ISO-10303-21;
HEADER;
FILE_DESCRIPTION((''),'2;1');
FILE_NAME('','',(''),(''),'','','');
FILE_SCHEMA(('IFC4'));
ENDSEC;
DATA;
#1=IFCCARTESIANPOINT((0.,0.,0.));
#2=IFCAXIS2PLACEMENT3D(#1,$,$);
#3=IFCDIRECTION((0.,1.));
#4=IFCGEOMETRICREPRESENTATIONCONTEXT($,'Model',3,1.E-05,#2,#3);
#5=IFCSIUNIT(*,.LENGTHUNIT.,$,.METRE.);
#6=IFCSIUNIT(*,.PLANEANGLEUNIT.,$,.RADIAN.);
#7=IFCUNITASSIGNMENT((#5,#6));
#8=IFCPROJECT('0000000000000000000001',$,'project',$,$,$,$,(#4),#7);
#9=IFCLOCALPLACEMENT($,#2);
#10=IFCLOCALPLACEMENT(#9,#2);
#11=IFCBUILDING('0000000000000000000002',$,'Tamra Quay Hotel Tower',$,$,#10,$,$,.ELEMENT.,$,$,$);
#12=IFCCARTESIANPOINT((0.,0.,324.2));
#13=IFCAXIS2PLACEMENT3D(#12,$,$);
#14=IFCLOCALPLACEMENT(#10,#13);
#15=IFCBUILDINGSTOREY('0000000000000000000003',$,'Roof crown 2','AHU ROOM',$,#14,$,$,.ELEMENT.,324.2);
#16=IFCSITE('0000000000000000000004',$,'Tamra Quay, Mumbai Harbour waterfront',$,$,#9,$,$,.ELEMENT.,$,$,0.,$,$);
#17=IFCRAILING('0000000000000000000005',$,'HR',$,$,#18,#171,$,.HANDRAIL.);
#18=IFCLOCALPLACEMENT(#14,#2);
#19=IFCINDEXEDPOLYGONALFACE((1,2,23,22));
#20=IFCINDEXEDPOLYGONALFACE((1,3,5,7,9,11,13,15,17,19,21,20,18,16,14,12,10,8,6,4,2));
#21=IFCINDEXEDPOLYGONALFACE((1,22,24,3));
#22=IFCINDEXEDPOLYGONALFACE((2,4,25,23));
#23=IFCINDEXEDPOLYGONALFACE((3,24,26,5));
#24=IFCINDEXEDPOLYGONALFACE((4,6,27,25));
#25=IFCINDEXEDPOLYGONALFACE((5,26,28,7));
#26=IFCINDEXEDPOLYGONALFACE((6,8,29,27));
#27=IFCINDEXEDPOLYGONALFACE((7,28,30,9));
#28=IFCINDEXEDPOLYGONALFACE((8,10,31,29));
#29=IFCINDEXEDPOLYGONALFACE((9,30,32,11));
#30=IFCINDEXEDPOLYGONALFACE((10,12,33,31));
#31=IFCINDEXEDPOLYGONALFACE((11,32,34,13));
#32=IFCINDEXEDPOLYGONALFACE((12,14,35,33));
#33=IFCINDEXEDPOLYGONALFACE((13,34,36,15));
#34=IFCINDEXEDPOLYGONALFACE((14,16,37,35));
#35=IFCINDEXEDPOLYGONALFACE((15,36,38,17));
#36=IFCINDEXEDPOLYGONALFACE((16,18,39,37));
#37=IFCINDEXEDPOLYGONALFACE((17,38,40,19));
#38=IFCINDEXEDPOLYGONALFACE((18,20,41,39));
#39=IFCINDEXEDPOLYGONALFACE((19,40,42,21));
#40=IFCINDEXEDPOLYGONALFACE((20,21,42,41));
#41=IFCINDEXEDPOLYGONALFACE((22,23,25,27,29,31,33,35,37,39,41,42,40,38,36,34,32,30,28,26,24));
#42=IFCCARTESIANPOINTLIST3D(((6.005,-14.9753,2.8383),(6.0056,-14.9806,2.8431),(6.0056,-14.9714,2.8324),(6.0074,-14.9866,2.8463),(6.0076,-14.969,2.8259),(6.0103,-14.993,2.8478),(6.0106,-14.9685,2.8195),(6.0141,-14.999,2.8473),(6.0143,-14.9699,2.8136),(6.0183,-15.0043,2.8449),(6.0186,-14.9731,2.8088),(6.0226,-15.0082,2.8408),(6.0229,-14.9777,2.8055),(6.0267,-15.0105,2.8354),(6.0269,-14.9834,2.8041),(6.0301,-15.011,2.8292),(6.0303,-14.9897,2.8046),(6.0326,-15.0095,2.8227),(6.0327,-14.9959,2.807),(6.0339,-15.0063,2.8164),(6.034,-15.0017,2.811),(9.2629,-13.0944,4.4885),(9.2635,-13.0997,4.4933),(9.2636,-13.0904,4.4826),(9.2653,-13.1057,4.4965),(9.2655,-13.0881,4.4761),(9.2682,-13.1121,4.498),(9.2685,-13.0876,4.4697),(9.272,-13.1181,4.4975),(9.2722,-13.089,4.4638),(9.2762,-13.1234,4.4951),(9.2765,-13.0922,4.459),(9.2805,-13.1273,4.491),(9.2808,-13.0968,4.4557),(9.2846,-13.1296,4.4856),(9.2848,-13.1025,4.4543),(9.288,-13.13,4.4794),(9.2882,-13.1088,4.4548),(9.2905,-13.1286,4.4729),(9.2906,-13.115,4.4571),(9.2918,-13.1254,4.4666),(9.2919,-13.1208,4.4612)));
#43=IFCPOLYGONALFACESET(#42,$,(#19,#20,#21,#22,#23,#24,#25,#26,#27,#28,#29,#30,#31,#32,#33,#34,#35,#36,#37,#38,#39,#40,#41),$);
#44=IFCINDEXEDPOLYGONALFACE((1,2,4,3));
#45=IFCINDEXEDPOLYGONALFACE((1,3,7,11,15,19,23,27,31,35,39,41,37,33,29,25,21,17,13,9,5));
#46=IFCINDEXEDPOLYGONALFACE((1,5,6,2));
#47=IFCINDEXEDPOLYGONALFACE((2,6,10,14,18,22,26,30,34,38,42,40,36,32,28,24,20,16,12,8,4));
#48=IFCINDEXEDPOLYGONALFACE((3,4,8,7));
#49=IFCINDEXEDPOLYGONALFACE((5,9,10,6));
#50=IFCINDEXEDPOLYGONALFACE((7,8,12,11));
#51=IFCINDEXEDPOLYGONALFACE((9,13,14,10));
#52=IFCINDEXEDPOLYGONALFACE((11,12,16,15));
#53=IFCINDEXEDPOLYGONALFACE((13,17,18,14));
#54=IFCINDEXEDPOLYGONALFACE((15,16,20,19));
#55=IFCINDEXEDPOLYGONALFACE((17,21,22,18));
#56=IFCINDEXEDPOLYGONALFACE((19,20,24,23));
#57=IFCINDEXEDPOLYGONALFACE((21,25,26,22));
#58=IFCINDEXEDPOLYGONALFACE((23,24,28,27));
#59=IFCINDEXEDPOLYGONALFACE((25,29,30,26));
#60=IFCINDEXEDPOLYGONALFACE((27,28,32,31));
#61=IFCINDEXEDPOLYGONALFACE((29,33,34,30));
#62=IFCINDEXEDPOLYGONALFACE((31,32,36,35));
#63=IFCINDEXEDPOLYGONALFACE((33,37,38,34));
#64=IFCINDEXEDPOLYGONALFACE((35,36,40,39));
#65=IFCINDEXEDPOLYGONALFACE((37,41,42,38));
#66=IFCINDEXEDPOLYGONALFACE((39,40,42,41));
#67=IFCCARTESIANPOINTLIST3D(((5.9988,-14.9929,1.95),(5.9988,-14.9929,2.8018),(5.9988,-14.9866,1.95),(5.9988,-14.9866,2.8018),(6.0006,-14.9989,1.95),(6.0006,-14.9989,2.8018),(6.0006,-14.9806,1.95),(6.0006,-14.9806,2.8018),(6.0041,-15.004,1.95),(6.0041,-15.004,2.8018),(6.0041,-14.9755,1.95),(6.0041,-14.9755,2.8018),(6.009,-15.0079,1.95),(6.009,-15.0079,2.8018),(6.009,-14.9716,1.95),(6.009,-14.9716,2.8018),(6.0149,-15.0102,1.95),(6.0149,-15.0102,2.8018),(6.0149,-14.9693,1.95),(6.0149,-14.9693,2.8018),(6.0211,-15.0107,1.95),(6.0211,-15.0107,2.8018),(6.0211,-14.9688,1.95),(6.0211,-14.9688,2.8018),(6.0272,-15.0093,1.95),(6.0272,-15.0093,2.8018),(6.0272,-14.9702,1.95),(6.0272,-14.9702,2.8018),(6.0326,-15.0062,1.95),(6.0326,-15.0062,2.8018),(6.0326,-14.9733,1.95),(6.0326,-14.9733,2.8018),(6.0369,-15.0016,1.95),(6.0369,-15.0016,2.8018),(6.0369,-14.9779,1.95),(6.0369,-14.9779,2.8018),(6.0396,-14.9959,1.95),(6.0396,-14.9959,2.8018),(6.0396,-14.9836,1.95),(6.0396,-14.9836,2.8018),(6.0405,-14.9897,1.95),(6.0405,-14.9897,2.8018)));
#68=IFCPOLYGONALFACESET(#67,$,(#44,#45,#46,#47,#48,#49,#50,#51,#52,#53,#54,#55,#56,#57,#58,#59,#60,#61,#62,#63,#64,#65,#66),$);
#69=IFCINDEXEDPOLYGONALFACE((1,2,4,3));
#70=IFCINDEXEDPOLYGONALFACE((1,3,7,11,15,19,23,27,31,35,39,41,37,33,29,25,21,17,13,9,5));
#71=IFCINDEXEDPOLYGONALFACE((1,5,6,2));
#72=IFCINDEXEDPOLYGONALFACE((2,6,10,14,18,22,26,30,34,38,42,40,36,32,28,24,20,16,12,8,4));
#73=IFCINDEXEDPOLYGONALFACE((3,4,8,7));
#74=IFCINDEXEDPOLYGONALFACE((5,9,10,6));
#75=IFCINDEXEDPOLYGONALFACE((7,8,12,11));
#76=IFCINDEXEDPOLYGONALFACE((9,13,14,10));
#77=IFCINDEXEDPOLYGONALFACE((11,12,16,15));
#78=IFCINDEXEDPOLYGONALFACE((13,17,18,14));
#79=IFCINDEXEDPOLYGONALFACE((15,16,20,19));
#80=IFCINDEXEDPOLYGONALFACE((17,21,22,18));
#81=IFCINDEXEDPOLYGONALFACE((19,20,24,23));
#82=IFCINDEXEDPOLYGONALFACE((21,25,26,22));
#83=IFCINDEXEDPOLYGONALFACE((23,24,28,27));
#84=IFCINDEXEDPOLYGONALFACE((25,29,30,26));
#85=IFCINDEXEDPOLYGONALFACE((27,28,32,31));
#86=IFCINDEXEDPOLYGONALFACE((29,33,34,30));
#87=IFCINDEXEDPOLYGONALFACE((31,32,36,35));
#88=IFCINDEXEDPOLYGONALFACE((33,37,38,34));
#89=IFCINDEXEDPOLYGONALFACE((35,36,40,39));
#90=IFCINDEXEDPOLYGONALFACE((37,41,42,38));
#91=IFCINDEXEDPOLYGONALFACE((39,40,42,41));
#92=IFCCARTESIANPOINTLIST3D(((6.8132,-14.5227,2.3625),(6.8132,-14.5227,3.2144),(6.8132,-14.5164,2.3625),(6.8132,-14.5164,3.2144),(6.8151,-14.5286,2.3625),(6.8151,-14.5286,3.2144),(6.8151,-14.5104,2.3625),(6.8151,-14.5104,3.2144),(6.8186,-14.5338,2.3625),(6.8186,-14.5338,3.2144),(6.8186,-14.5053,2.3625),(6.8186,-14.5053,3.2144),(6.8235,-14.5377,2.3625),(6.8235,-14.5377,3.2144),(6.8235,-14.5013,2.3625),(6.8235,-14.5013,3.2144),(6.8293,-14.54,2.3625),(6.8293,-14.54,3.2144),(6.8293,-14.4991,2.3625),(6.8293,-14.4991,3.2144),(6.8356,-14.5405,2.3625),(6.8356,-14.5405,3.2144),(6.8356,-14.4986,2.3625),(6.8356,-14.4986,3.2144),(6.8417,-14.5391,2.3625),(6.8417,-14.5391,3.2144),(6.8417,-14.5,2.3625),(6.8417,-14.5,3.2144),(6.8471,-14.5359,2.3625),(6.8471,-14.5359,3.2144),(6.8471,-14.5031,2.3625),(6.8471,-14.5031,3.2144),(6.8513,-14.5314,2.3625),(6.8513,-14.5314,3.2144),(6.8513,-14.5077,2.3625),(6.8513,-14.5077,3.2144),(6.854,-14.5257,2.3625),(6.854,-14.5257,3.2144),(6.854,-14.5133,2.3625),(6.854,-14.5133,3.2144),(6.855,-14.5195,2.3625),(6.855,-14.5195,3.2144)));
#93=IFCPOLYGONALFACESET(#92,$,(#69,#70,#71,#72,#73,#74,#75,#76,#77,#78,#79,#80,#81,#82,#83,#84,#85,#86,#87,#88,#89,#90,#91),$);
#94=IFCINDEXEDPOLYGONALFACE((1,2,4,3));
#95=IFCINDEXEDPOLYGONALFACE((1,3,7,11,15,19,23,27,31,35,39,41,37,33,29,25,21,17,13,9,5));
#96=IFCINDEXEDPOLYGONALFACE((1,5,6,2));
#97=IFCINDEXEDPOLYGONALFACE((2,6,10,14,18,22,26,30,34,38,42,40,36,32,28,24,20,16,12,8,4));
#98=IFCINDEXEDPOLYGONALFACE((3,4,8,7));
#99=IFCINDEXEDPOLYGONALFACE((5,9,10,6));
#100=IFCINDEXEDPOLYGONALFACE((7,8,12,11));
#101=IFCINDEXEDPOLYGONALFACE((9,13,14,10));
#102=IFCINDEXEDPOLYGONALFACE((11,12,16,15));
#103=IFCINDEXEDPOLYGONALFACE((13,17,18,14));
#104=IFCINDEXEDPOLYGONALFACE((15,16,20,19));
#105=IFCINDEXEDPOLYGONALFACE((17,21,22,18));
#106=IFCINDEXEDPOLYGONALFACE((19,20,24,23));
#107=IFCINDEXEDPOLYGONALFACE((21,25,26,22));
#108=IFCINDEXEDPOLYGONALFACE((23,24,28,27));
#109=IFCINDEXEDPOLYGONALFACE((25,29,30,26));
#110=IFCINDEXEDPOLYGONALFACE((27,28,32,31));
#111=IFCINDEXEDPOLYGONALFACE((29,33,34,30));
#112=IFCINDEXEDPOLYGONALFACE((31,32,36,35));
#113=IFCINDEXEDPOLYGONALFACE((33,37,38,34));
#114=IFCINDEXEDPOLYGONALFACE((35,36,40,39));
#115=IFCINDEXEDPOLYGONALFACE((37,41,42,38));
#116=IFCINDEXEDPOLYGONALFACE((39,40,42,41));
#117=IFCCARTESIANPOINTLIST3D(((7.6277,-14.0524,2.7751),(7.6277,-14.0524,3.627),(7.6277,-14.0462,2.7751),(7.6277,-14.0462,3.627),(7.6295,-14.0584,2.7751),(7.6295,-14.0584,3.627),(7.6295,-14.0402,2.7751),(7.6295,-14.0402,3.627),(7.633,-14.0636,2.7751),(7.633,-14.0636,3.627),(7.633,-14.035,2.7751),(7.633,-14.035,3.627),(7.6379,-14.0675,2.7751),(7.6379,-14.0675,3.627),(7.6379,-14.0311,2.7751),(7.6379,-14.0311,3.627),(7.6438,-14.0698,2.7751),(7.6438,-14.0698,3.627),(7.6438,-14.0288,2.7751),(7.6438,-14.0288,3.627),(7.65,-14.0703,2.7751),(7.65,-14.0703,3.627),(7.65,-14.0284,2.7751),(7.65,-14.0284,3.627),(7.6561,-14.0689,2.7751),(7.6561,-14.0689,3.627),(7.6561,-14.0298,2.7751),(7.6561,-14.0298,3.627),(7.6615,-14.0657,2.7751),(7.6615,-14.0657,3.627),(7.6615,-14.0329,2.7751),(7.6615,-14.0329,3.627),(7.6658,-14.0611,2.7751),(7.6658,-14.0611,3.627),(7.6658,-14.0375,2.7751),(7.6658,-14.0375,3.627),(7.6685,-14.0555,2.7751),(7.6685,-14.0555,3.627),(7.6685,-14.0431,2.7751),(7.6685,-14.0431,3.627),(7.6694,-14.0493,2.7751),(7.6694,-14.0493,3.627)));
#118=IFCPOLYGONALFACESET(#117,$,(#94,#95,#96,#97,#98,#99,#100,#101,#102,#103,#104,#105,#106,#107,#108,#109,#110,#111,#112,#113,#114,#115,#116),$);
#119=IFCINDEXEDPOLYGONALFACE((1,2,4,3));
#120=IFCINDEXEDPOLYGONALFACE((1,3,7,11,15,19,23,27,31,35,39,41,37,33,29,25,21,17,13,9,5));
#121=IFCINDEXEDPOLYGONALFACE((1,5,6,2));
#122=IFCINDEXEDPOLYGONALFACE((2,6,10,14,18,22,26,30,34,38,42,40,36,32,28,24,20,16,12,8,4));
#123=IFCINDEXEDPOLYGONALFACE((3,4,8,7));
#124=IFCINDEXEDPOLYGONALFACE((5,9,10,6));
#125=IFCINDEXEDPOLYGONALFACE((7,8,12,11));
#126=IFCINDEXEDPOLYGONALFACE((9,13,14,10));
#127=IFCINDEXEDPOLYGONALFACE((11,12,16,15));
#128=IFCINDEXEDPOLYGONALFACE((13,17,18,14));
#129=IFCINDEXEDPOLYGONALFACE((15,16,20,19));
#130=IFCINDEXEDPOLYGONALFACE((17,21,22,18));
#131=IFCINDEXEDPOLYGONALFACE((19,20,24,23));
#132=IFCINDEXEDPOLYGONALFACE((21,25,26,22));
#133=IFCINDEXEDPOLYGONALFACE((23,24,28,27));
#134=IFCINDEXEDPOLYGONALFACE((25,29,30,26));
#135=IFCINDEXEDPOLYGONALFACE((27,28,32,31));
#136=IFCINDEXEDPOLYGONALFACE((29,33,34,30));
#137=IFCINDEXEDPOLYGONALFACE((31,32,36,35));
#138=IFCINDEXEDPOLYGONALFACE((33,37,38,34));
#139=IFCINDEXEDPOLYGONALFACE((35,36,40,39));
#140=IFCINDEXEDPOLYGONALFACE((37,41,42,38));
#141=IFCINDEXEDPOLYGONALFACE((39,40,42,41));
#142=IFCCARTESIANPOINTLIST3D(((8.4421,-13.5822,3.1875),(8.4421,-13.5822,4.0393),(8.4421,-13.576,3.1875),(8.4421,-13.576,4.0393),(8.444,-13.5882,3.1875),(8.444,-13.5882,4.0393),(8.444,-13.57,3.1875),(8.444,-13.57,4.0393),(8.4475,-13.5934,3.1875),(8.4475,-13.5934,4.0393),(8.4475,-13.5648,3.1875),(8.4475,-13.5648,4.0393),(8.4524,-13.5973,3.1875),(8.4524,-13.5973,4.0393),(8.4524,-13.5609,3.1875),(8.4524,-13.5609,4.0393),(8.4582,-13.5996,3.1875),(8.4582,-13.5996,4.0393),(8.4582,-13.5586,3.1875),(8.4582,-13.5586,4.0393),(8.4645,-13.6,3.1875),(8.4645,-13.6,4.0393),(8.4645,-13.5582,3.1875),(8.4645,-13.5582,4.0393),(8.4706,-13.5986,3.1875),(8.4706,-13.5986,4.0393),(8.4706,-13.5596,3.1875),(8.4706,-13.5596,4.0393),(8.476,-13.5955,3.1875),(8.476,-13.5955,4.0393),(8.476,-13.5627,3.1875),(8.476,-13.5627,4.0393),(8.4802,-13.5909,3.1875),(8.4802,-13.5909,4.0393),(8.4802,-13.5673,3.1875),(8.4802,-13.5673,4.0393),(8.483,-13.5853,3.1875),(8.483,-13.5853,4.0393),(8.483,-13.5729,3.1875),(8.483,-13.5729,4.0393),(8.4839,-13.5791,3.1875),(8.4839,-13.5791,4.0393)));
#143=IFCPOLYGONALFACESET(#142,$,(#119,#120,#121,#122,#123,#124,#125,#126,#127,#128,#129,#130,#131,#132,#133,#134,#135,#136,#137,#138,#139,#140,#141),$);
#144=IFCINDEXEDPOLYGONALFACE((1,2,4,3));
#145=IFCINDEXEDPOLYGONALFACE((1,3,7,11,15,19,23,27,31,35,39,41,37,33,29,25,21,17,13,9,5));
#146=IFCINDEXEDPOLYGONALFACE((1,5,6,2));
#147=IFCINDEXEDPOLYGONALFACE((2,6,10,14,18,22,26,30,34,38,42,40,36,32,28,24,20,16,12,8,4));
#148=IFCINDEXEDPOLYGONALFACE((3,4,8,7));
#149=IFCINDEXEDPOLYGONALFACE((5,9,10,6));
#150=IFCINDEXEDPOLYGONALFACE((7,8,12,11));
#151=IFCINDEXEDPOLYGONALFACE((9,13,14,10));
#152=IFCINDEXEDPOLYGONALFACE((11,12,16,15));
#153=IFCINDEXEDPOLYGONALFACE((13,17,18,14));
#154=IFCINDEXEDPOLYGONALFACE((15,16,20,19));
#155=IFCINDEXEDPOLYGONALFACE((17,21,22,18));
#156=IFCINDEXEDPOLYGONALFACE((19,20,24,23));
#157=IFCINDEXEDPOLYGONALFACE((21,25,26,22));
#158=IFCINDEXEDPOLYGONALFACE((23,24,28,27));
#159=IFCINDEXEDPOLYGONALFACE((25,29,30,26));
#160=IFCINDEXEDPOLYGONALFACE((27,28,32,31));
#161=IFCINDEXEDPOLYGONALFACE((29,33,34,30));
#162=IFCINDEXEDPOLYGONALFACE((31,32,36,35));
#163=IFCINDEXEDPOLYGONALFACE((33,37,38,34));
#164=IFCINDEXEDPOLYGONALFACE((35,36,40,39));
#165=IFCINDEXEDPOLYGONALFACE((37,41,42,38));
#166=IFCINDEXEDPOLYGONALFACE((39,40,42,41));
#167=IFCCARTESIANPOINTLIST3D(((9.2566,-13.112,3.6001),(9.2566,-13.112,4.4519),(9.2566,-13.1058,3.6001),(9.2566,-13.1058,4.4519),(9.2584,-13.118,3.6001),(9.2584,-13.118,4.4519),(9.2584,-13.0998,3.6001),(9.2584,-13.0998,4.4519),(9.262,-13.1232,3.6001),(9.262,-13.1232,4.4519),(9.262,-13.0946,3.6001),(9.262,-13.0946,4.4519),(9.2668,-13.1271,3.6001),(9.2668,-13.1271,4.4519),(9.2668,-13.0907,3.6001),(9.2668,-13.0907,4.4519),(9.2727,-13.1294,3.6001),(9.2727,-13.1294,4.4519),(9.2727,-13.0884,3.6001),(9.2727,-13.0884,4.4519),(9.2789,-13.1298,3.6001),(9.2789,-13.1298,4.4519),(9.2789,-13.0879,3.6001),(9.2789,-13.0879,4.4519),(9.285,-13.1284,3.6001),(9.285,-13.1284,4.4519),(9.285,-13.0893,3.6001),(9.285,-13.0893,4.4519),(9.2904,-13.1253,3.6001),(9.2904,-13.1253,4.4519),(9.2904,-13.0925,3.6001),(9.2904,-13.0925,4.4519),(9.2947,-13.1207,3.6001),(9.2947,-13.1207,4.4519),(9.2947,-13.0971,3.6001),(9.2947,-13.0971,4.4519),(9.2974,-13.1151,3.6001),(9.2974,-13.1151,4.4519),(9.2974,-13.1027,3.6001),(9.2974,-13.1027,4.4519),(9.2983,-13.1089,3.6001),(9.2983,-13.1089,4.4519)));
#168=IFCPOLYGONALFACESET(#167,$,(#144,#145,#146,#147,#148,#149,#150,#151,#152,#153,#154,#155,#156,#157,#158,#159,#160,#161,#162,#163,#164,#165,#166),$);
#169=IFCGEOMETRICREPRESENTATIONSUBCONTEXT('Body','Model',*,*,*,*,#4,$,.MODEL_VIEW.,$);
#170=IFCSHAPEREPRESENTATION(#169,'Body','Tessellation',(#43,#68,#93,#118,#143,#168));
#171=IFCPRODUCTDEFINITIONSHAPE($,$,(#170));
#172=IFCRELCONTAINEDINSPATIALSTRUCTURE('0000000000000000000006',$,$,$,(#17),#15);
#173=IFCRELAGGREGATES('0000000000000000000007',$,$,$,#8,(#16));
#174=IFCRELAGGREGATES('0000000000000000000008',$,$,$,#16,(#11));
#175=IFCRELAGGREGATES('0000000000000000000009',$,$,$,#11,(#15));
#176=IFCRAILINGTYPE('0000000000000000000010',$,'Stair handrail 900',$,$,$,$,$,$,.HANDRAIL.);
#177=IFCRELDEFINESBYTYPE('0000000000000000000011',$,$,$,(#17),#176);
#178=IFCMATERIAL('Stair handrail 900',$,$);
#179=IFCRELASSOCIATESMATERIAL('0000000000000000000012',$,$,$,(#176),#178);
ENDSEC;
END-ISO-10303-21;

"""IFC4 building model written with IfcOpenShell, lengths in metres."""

from ifc_helpers import new_model, si_unit, direction, frame, origin, origin_2d, place, context, subcontext, project, spatial, circle, extrude, material, type_object, element, save


model = new_model("IFC4")

# Units and contexts
model_context = context("Model", 3, precision=1e-05, world=origin(), true_north=direction((0.0, 1.0)))
body_context = subcontext(model_context, "Body", "Model", "MODEL_VIEW")
ifc_project = project(units=[si_unit("LENGTHUNIT", "METRE"), si_unit("PLANEANGLEUNIT", "RADIAN")], contexts=[model_context])

# Site, building, storey
site_placement = place(None, origin())
site = spatial("IfcSite", under=ifc_project, at=site_placement, Name="Tamra Quay, Mumbai Harbour waterfront", CompositionType="ELEMENT", RefElevation=0.0)
building_placement = place(site_placement, origin())
building = spatial("IfcBuilding", under=site, at=building_placement, Name="Tamra Quay Hotel Tower", CompositionType="ELEMENT")
storey_placement = place(building_placement, frame((0.0, 0.0, 324.2)))
storey = spatial("IfcBuildingStorey", under=building, at=storey_placement, Name="Roof crown 2", Description="AHU ROOM", CompositionType="ELEMENT", Elevation=324.2)

# Railing
ifc_material_1 = material(Name="Stair handrail 900")
railing_type = type_object("IfcRailingType", Name="Stair handrail 900", PredefinedType="HANDRAIL", material=ifc_material_1)
railing_placement = place(storey_placement, frame((6.0195, -14.9897, 1.95)))
element("IfcRailing", 1, at=railing_placement, inside=storey, type_object=railing_type, Name="HR", PredefinedType="HANDRAIL", context=body_context, shape_type="SweptSolid", body=[
    extrude(circle(Radius=0.0239, at=origin_2d()), frame((0.0, 0.0, 0.876), z_axis=(0.793081, 0.457876, 0.401711), x_axis=(-0.499992, 0.86603, 0.0)), (0.0, 0.0, 1.0), 4.1079),
    extrude(circle(Radius=0.021, at=origin_2d()), origin(), (0.0, 0.0, 1.0), 0.8518),
    extrude(circle(Radius=0.021, at=origin_2d()), frame((0.8145, 0.4702, 0.4126)), (0.0, 0.0, 1.0), 0.8518),
    extrude(circle(Radius=0.021, at=origin_2d()), frame((1.6289, 0.9404, 0.8252)), (0.0, 0.0, 1.0), 0.8518),
    extrude(circle(Radius=0.021, at=origin_2d()), frame((2.4434, 1.4106, 1.2375)), (0.0, 0.0, 1.0), 0.8518),
    extrude(circle(Radius=0.021, at=origin_2d()), frame((3.2578, 1.8809, 1.6501)), (0.0, 0.0, 1.0), 0.8518),
])

save(model, "model.ifc")
